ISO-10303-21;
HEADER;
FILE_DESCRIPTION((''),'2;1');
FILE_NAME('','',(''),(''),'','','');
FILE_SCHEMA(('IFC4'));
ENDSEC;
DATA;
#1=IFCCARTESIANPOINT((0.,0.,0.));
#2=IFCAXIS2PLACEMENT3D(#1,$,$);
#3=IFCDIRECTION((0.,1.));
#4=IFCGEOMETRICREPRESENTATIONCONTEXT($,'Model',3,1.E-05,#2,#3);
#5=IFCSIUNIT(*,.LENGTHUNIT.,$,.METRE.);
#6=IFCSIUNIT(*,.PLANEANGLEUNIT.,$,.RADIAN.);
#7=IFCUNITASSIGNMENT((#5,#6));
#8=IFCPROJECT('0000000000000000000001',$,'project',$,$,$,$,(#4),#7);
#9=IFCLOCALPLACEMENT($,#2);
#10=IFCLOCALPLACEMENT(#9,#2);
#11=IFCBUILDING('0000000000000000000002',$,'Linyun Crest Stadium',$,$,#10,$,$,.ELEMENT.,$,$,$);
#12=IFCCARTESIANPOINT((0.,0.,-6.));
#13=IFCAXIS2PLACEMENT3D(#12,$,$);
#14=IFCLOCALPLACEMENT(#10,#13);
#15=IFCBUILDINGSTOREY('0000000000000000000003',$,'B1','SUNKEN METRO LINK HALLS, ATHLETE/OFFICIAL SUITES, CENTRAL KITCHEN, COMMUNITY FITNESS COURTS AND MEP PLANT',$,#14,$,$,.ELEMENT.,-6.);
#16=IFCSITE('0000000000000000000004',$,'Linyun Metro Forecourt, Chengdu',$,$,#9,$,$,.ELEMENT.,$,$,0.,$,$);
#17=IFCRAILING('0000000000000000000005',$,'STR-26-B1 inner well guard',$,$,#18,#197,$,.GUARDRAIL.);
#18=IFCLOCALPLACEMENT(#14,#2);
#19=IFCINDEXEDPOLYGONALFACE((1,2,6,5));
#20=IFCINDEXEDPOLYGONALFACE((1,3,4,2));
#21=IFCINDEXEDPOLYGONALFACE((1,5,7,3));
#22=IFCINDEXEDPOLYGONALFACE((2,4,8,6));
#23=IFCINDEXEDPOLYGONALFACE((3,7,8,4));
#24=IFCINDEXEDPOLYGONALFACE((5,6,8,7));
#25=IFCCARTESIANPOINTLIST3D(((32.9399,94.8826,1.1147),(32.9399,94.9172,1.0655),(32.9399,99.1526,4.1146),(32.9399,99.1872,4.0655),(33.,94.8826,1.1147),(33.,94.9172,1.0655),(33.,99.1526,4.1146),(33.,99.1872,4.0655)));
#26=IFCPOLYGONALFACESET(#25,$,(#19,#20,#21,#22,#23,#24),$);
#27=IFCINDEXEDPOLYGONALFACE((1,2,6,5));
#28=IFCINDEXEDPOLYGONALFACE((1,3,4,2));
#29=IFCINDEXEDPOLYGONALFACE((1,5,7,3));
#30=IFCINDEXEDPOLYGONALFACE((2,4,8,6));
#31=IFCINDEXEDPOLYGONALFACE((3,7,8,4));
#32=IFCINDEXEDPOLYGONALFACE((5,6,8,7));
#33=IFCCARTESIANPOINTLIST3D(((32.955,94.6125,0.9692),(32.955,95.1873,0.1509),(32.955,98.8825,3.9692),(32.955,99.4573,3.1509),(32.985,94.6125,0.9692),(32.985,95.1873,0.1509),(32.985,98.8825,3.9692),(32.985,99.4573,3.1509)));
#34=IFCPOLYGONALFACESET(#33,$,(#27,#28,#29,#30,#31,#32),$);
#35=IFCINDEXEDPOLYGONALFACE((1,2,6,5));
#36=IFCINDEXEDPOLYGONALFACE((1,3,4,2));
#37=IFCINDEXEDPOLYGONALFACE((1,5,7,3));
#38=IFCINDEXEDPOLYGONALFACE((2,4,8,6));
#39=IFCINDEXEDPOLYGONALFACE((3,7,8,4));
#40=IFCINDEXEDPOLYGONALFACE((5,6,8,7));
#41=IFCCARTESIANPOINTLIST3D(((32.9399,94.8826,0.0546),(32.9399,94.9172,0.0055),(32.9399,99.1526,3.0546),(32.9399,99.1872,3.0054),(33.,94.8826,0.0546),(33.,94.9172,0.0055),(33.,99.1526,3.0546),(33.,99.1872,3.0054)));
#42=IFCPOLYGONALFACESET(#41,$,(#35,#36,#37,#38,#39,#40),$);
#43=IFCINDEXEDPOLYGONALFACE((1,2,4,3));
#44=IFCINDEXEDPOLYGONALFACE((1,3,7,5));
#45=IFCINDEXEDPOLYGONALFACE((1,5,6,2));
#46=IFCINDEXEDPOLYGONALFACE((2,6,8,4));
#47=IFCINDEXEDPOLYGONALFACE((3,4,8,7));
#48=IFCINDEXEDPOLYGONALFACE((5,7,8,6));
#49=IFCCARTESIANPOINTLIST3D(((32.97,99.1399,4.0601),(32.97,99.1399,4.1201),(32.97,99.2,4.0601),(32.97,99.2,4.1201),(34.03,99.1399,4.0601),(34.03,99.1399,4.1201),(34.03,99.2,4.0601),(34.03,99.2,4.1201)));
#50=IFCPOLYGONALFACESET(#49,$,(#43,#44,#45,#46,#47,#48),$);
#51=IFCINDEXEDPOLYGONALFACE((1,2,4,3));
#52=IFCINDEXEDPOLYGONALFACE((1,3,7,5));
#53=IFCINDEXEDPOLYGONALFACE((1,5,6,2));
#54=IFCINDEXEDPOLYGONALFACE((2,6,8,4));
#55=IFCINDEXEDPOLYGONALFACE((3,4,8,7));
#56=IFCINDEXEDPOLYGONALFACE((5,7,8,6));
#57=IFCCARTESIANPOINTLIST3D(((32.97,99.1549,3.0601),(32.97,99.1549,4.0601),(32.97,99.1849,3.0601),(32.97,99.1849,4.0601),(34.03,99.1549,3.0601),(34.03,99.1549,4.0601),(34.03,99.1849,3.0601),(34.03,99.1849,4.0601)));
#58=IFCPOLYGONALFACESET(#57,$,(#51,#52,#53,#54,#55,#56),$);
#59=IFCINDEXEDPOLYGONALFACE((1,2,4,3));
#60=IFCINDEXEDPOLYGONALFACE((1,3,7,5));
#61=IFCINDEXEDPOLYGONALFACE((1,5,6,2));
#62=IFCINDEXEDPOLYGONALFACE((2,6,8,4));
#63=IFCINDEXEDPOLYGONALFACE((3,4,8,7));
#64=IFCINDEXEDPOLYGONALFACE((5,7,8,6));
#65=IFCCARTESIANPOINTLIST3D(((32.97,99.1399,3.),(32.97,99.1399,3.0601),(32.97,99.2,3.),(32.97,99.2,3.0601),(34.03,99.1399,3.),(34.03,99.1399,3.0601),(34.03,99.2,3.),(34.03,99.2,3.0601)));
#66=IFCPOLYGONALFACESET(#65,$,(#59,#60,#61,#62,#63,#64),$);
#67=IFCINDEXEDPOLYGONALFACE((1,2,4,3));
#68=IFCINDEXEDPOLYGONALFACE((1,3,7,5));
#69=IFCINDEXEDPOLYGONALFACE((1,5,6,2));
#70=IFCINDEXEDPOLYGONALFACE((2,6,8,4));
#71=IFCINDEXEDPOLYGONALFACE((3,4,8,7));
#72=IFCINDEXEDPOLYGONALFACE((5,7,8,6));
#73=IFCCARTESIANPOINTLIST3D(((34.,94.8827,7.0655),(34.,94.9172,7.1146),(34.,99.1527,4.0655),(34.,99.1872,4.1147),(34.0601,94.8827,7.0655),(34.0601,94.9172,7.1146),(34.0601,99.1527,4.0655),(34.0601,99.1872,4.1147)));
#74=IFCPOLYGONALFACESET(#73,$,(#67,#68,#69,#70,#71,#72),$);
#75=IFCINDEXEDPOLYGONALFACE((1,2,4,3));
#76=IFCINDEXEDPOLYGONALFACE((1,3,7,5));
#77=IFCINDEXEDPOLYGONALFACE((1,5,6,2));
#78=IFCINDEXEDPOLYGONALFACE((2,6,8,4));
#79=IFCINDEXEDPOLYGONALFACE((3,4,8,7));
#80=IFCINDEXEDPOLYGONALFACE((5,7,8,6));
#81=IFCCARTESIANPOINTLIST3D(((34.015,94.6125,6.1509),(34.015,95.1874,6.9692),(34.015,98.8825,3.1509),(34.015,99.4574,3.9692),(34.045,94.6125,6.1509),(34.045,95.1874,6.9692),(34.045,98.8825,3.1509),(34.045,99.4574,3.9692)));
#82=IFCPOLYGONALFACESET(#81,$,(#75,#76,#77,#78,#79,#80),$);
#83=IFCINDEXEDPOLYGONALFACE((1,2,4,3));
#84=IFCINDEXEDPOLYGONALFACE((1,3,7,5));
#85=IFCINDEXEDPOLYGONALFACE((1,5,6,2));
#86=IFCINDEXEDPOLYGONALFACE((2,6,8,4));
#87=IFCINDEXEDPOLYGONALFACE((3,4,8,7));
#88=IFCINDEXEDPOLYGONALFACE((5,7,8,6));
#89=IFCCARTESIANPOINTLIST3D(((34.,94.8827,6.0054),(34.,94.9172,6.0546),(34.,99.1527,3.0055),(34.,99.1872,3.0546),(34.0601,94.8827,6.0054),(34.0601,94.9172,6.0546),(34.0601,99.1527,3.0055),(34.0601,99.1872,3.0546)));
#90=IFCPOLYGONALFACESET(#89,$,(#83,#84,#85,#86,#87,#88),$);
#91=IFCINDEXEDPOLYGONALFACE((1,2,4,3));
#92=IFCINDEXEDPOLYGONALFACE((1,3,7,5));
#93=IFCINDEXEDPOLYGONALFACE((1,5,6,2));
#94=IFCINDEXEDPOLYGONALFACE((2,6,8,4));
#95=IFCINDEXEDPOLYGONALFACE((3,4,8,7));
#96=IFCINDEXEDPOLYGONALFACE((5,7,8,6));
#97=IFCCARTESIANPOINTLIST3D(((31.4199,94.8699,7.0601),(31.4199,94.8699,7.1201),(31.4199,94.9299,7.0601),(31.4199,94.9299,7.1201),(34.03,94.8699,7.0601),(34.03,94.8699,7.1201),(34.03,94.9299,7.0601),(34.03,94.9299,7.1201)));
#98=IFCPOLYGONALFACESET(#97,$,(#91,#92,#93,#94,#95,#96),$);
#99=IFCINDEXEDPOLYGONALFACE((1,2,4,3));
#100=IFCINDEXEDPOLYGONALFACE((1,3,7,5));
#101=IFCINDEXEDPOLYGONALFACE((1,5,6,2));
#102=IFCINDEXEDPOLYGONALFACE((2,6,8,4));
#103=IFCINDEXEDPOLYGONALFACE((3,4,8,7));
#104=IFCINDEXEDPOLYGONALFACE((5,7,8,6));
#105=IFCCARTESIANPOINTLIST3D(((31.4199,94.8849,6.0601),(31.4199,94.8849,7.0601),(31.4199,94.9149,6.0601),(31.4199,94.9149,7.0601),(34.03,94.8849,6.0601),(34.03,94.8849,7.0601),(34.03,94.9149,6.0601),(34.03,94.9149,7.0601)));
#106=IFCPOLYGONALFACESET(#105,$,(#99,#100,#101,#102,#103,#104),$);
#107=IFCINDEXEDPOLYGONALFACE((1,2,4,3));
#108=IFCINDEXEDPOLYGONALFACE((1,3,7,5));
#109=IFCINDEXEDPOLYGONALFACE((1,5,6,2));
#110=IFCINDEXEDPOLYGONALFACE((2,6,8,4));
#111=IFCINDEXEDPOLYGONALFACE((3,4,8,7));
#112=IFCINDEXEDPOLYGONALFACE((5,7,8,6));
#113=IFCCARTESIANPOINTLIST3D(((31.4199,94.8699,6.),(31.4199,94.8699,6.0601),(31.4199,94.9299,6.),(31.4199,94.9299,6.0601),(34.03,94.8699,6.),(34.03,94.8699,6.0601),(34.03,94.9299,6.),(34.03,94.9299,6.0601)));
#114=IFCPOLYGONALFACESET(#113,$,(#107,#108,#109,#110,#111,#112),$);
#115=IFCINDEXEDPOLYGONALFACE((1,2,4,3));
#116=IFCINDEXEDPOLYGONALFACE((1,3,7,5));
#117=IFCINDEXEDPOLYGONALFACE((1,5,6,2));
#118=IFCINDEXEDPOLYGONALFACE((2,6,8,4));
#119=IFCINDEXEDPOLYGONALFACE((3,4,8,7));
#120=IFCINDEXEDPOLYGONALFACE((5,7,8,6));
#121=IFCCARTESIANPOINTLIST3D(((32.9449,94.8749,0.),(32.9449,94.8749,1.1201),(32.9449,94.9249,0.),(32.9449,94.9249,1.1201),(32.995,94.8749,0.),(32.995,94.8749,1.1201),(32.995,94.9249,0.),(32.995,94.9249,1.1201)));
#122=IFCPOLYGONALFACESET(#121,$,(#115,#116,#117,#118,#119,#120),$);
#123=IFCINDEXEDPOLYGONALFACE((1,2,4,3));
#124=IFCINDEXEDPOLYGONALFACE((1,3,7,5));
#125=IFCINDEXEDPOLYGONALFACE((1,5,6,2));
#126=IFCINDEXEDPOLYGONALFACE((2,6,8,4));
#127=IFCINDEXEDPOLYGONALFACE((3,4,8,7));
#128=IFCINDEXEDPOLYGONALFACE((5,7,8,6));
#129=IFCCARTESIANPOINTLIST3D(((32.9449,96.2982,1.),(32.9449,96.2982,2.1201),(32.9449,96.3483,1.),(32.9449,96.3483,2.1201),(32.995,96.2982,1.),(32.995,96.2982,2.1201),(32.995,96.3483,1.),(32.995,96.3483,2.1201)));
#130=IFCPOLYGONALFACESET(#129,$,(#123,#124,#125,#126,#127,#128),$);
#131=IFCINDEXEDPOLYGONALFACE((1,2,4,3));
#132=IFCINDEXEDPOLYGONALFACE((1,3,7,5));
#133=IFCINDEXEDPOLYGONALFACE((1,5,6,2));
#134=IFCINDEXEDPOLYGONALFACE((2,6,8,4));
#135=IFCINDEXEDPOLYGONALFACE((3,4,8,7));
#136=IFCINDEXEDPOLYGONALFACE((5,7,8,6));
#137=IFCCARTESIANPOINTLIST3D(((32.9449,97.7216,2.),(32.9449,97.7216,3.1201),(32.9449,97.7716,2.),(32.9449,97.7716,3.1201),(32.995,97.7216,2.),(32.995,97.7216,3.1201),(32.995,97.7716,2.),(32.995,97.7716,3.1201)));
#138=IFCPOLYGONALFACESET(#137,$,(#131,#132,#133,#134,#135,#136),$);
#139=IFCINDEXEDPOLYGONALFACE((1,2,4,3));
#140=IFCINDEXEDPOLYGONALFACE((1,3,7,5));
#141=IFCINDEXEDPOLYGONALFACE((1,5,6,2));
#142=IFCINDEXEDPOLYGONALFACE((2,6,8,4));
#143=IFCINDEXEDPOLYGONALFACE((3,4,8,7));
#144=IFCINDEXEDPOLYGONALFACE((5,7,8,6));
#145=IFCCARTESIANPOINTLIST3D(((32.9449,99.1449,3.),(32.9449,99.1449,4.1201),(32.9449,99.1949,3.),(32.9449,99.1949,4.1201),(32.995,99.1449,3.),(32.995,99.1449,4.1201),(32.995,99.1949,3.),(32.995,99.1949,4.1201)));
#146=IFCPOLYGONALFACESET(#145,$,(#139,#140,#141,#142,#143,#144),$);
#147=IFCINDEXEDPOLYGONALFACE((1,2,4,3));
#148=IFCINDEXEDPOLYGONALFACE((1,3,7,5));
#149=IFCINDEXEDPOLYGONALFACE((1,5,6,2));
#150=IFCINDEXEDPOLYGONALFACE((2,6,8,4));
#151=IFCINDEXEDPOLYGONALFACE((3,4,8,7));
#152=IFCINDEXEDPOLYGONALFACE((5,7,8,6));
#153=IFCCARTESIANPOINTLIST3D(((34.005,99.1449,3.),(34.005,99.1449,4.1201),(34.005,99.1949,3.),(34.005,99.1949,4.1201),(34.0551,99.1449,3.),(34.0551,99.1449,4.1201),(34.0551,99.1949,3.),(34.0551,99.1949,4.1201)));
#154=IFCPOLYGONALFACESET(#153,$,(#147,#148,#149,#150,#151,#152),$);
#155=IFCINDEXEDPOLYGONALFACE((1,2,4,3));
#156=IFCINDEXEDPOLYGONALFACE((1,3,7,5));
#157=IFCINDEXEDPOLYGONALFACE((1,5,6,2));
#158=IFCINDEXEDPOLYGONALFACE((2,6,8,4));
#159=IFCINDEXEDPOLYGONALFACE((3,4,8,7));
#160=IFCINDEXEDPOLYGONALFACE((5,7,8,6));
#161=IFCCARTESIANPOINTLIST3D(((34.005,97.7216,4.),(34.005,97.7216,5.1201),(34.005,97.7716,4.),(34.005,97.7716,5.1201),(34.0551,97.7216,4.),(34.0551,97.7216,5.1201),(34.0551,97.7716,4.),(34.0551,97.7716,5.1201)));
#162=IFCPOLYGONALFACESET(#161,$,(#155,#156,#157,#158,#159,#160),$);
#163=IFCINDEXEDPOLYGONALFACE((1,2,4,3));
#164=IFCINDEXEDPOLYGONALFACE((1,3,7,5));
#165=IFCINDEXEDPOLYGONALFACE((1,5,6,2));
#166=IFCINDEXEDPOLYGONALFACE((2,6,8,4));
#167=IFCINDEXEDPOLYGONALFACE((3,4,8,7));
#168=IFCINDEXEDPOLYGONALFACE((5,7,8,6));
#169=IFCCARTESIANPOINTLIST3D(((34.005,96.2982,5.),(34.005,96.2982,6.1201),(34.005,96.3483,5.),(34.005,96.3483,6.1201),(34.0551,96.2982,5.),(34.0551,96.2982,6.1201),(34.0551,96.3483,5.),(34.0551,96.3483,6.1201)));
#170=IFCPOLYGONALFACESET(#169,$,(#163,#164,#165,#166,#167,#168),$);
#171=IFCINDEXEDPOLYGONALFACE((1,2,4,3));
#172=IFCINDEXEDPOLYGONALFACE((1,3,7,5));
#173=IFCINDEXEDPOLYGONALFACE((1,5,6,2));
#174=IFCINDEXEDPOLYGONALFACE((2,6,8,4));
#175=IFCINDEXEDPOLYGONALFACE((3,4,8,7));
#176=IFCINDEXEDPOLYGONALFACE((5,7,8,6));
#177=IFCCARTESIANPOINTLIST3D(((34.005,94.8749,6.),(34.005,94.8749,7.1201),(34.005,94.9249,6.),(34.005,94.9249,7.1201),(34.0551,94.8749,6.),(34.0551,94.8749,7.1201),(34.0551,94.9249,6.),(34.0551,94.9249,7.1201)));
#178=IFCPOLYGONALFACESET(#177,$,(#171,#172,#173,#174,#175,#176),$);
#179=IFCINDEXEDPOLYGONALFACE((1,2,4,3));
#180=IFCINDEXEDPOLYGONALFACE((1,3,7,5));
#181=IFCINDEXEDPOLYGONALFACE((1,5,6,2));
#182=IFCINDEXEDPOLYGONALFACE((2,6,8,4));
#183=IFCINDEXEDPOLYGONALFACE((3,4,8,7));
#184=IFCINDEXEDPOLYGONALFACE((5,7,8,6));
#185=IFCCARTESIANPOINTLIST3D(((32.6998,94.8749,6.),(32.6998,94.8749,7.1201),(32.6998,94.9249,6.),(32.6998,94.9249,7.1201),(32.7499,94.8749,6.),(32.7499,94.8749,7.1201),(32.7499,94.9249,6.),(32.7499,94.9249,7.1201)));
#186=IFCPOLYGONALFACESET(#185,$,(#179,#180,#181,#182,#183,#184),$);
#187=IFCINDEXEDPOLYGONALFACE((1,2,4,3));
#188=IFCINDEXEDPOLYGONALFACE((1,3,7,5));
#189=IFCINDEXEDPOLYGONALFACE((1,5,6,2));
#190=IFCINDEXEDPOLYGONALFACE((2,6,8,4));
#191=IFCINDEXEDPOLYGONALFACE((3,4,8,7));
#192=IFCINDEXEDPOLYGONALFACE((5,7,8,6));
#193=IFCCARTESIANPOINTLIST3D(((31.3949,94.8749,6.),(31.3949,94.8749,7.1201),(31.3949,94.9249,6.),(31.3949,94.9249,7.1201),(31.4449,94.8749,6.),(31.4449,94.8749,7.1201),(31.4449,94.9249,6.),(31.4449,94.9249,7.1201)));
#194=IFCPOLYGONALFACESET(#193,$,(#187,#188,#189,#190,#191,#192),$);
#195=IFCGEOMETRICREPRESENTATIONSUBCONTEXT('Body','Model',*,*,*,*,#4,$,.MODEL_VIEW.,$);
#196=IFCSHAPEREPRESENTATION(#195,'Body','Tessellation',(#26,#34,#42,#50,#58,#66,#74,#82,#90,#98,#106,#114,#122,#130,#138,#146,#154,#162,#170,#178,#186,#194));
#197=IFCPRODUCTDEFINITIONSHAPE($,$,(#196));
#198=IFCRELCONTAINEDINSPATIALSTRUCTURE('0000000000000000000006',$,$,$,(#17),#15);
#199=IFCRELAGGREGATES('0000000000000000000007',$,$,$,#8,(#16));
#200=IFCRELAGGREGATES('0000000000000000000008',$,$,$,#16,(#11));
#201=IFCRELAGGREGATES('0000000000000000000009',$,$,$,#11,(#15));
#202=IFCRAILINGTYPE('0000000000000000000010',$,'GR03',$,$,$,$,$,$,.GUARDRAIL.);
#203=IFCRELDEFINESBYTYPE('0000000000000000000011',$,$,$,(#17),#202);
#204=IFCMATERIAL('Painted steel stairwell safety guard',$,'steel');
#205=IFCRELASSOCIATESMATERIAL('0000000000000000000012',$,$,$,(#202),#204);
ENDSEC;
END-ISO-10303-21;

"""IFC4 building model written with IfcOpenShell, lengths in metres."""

from ifc_helpers import new_model, si_unit, direction, frame, origin, origin_2d, place, context, subcontext, project, spatial, rectangle, extrude, material, type_object, element, save


model = new_model("IFC4")

# Units and contexts
model_context = context("Model", 3, precision=1e-05, world=origin(), true_north=direction((0.0, 1.0)))
body_context = subcontext(model_context, "Body", "Model", "MODEL_VIEW")
ifc_project = project(units=[si_unit("LENGTHUNIT", "METRE"), si_unit("PLANEANGLEUNIT", "RADIAN")], contexts=[model_context])

# Site, building, storey
site_placement = place(None, origin())
site = spatial("IfcSite", under=ifc_project, at=site_placement, Name="Linyun Metro Forecourt, Chengdu", CompositionType="ELEMENT", RefElevation=0.0)
building_placement = place(site_placement, origin())
building = spatial("IfcBuilding", under=site, at=building_placement, Name="Linyun Crest Stadium", CompositionType="ELEMENT")
storey_placement = place(building_placement, frame((0.0, 0.0, -6.0)))
storey = spatial("IfcBuildingStorey", under=building, at=storey_placement, Name="B1", Description="SUNKEN METRO LINK HALLS, ATHLETE/OFFICIAL SUITES, CENTRAL KITCHEN, COMMUNITY FITNESS COURTS AND MEP PLANT", CompositionType="ELEMENT", Elevation=-6.0)

# Railing
ifc_material_1 = material(Name="Painted steel stairwell safety guard", Category="steel")
railing_type_1 = type_object("IfcRailingType", Name="GR03", PredefinedType="GUARDRAIL", material=ifc_material_1)
railing_1_placement = place(storey_placement, frame((32.97, 94.8999, 0.0)))
element("IfcRailing", 1, at=railing_1_placement, inside=storey, type_object=railing_type_1, Name="STR-26-B1 inner well guard", PredefinedType="GUARDRAIL", context=body_context, shape_type="SweptSolid", body=[
    extrude(rectangle(XDim=0.0601, YDim=0.0601, at=origin_2d()), frame((0.0, 0.0, 1.0901), z_axis=(0.0, 0.818242, 0.574874), x_axis=(-1.0, 0.0, 0.0)), (0.0, 0.0, 1.0), 5.2185),
    extrude(rectangle(XDim=0.03, YDim=1.0, at=origin_2d()), frame((0.0, 0.0, 0.5601), z_axis=(0.0, 0.818242, 0.574874), x_axis=(-1.0, 0.0, 0.0)), (0.0, 0.0, 1.0), 5.2185),
    extrude(rectangle(XDim=0.0601, YDim=0.0601, at=origin_2d()), frame((0.0, 0.0, 0.03), z_axis=(0.0, 0.818242, 0.574874), x_axis=(-1.0, 0.0, 0.0)), (0.0, 0.0, 1.0), 5.2185),
    extrude(rectangle(XDim=0.0601, YDim=0.0601, at=origin_2d()), frame((0.0, 4.27, 4.0901), z_axis=(1.0, 0.0, 0.0), x_axis=(0.0, 1.0, 0.0)), (0.0, 0.0, 1.0), 1.0601),
    extrude(rectangle(XDim=0.03, YDim=1.0, at=origin_2d()), frame((0.0, 4.27, 3.5601), z_axis=(1.0, 0.0, 0.0), x_axis=(0.0, 1.0, 0.0)), (0.0, 0.0, 1.0), 1.0601),
    extrude(rectangle(XDim=0.0601, YDim=0.0601, at=origin_2d()), frame((0.0, 4.27, 3.03), z_axis=(1.0, 0.0, 0.0), x_axis=(0.0, 1.0, 0.0)), (0.0, 0.0, 1.0), 1.0601),
    extrude(rectangle(XDim=0.0601, YDim=0.0601, at=origin_2d()), frame((1.0601, 4.27, 4.0901), z_axis=(0.0, -0.818242, 0.574874), x_axis=(1.0, 0.0, 0.0)), (0.0, 0.0, 1.0), 5.2185),
    extrude(rectangle(XDim=0.03, YDim=1.0, at=origin_2d()), frame((1.0601, 4.27, 3.5601), z_axis=(0.0, -0.818242, 0.574874), x_axis=(1.0, 0.0, 0.0)), (0.0, 0.0, 1.0), 5.2185),
    extrude(rectangle(XDim=0.0601, YDim=0.0601, at=origin_2d()), frame((1.0601, 4.27, 3.03), z_axis=(0.0, -0.818242, 0.574874), x_axis=(1.0, 0.0, 0.0)), (0.0, 0.0, 1.0), 5.2185),
    extrude(rectangle(XDim=0.0601, YDim=0.0601, at=origin_2d()), frame((1.0601, 0.0, 7.0901), z_axis=(-1.0, 0.0, 0.0), x_axis=(0.0, -1.0, 0.0)), (0.0, 0.0, 1.0), 2.6101),
    extrude(rectangle(XDim=0.03, YDim=1.0, at=origin_2d()), frame((1.0601, 0.0, 6.5601), z_axis=(-1.0, 0.0, 0.0), x_axis=(0.0, -1.0, 0.0)), (0.0, 0.0, 1.0), 2.6101),
    extrude(rectangle(XDim=0.0601, YDim=0.0601, at=origin_2d()), frame((1.0601, 0.0, 6.03), z_axis=(-1.0, 0.0, 0.0), x_axis=(0.0, -1.0, 0.0)), (0.0, 0.0, 1.0), 2.6101),
    extrude(rectangle(XDim=0.05, YDim=0.05, at=origin_2d()), origin(), (0.0, 0.0, 1.0), 1.1201),
    extrude(rectangle(XDim=0.05, YDim=0.05, at=origin_2d()), frame((0.0, 1.4233, 1.0)), (0.0, 0.0, 1.0), 1.1201),
    extrude(rectangle(XDim=0.05, YDim=0.05, at=origin_2d()), frame((0.0, 2.8467, 2.0)), (0.0, 0.0, 1.0), 1.1201),
    extrude(rectangle(XDim=0.05, YDim=0.05, at=origin_2d()), frame((0.0, 4.27, 3.0)), (0.0, 0.0, 1.0), 1.1201),
    extrude(rectangle(XDim=0.05, YDim=0.05, at=origin_2d()), frame((1.0601, 4.27, 3.0)), (0.0, 0.0, 1.0), 1.1201),
    extrude(rectangle(XDim=0.05, YDim=0.05, at=origin_2d()), frame((1.0601, 2.8467, 4.0)), (0.0, 0.0, 1.0), 1.1201),
    extrude(rectangle(XDim=0.05, YDim=0.05, at=origin_2d()), frame((1.0601, 1.4233, 5.0)), (0.0, 0.0, 1.0), 1.1201),
    extrude(rectangle(XDim=0.05, YDim=0.05, at=origin_2d()), frame((1.0601, 0.0, 6.0)), (0.0, 0.0, 1.0), 1.1201),
    extrude(rectangle(XDim=0.05, YDim=0.05, at=origin_2d()), frame((-0.2451, 0.0, 6.0)), (0.0, 0.0, 1.0), 1.1201),
    extrude(rectangle(XDim=0.05, YDim=0.05, at=origin_2d()), frame((-1.55, 0.0, 6.0)), (0.0, 0.0, 1.0), 1.1201),
])

save(model, "model.ifc")
